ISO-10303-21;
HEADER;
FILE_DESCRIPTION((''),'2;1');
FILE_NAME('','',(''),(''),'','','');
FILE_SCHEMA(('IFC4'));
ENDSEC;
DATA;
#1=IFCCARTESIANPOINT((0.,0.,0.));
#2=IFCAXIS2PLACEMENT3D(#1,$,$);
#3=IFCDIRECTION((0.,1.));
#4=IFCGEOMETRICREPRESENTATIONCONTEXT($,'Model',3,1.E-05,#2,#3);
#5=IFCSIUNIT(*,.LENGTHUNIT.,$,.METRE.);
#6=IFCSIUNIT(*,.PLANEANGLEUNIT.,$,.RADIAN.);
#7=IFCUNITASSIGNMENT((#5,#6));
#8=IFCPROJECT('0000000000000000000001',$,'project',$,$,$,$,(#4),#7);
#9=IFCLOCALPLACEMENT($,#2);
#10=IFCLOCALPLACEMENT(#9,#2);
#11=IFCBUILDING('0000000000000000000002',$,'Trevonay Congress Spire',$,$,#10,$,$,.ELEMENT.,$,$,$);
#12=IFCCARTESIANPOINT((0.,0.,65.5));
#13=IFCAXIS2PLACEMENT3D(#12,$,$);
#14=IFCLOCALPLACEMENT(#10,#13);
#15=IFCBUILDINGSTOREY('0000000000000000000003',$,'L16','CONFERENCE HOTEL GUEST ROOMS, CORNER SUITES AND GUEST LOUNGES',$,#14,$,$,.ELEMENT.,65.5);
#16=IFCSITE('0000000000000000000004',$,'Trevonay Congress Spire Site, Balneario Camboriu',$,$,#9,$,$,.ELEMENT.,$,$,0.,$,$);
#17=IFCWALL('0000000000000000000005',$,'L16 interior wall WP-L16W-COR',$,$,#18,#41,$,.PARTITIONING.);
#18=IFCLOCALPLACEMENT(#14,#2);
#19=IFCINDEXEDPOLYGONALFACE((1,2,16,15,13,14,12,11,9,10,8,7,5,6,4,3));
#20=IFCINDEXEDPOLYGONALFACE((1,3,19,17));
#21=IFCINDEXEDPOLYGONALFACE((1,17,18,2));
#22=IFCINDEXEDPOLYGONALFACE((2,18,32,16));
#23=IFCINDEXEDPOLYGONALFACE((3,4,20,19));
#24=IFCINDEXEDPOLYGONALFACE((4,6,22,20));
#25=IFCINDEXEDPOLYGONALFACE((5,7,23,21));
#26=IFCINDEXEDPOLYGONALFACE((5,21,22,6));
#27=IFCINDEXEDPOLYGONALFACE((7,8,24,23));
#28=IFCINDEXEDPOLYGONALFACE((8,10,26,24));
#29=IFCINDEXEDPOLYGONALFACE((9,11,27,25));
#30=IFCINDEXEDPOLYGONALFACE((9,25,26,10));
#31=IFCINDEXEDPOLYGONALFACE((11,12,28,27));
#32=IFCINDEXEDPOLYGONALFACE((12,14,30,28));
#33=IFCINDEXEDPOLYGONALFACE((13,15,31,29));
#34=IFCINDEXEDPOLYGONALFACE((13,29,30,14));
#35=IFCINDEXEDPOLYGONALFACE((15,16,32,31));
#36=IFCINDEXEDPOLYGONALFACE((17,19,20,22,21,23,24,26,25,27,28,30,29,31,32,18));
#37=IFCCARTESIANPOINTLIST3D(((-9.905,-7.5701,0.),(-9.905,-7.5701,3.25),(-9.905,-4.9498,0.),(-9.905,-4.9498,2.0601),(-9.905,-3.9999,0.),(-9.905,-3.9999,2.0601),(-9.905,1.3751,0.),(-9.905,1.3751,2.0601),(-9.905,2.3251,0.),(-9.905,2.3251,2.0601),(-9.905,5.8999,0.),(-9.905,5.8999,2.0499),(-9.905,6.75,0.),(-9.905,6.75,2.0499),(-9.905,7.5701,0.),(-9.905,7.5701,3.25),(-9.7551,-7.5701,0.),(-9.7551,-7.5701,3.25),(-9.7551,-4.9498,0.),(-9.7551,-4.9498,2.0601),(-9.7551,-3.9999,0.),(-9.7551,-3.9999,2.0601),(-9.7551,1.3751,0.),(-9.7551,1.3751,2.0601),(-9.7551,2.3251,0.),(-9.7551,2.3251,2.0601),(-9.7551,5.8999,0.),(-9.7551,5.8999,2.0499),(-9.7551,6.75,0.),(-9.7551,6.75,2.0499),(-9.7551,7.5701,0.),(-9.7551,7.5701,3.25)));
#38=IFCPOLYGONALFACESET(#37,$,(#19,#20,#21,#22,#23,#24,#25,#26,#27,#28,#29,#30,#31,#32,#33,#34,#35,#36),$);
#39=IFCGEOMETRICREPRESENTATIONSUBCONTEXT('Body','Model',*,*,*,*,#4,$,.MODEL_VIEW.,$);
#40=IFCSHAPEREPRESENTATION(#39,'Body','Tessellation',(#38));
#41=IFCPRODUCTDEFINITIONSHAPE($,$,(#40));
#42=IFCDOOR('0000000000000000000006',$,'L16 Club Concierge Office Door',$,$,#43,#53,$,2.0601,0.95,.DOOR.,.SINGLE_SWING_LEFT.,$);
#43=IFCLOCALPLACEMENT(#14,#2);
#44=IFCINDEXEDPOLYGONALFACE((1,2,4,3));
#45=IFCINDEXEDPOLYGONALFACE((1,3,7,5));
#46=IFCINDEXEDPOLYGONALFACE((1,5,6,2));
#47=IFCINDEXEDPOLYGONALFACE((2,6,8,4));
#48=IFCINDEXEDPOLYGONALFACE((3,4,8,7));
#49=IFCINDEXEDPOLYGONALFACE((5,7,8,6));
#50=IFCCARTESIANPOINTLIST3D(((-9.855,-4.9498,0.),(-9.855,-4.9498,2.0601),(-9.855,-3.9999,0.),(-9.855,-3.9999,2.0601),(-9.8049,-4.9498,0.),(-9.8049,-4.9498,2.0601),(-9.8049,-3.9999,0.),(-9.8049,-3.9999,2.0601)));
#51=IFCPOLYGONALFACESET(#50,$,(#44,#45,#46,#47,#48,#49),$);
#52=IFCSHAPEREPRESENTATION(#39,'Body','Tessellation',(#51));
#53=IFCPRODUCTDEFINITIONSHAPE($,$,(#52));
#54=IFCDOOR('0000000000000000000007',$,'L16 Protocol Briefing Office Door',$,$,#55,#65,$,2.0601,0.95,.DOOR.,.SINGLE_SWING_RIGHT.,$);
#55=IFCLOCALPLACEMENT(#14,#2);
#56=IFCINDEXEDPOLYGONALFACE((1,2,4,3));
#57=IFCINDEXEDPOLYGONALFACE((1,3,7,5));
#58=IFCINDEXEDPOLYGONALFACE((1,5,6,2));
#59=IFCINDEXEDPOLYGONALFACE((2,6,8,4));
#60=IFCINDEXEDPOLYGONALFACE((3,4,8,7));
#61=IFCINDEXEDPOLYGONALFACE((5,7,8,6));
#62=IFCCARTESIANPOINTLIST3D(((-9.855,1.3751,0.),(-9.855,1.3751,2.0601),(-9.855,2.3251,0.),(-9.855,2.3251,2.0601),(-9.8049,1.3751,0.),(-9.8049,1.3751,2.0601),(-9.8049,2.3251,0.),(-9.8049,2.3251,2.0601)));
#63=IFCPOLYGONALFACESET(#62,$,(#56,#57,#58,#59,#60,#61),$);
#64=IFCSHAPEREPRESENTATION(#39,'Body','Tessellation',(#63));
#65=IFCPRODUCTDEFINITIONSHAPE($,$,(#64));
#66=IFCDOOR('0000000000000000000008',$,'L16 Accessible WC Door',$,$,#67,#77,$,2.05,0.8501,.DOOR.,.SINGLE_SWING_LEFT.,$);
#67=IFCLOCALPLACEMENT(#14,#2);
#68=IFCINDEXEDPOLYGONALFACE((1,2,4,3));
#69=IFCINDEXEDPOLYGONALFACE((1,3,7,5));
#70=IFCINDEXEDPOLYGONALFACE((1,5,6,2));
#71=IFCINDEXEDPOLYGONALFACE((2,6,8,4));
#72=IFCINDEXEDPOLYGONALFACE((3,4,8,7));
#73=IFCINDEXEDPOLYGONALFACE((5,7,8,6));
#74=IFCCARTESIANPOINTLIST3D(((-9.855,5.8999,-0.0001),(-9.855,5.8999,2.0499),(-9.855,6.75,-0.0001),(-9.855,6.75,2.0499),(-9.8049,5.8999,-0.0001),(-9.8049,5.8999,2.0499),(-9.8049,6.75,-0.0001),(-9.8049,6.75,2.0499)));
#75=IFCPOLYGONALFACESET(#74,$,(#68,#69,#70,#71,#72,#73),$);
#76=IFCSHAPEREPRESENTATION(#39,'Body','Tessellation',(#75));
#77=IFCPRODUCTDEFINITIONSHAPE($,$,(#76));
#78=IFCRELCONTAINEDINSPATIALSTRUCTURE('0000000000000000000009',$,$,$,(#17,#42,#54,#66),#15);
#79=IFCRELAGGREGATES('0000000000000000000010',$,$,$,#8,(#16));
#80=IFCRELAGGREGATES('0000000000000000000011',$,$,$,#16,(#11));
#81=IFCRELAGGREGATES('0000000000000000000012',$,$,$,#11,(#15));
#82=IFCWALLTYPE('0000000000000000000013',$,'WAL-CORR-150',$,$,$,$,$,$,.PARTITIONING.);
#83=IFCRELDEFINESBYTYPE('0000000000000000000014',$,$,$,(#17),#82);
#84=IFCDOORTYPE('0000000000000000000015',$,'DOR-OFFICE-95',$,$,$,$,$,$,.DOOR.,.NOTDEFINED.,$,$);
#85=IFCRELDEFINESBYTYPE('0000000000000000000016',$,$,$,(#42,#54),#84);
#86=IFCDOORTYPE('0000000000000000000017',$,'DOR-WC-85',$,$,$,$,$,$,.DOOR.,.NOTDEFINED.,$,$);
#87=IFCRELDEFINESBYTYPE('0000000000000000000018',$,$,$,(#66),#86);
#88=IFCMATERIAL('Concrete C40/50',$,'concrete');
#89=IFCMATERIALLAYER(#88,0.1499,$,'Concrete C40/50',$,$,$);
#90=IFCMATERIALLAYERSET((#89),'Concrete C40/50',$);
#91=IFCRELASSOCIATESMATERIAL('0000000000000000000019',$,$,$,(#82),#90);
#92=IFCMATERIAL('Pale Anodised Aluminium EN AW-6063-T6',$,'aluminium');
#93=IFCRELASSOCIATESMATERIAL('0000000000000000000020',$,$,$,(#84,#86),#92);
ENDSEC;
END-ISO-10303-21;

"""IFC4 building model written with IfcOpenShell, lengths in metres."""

from ifc_helpers import new_model, si_unit, direction, frame, frame_2d, origin, place, context, subcontext, project, spatial, rectangle, extrude, material, layer, layer_set, type_object, element, fill, save


model = new_model("IFC4")

# Units and contexts
model_context = context("Model", 3, precision=1e-05, world=origin(), true_north=direction((0.0, 1.0)))
body_context = subcontext(model_context, "Body", "Model", "MODEL_VIEW")
ifc_project = project(units=[si_unit("LENGTHUNIT", "METRE"), si_unit("PLANEANGLEUNIT", "RADIAN")], contexts=[model_context])

# Site, building, storey
site_placement = place(None, origin())
site = spatial("IfcSite", under=ifc_project, at=site_placement, Name="Trevonay Congress Spire Site, Balneario Camboriu", CompositionType="ELEMENT", RefElevation=0.0)
building_placement = place(site_placement, origin())
building = spatial("IfcBuilding", under=site, at=building_placement, Name="Trevonay Congress Spire", CompositionType="ELEMENT")
storey_placement = place(building_placement, frame((0.0, 0.0, 65.5)))
storey = spatial("IfcBuildingStorey", under=building, at=storey_placement, Name="L16", Description="CONFERENCE HOTEL GUEST ROOMS, CORNER SUITES AND GUEST LOUNGES", CompositionType="ELEMENT", Elevation=65.5)

# Wall, openings, doors
ifc_material_1 = material(Name="Concrete C40/50", Category="concrete")
ifc_layer = layer(ifc_material_1, 0.1499, Name="Concrete C40/50")
ifc_layer_set = layer_set([ifc_layer], Name="Concrete C40/50")
wall_type = type_object("IfcWallType", Name="WAL-CORR-150", PredefinedType="PARTITIONING", material=ifc_layer_set)
ifc_material_2 = material(Name="Pale Anodised Aluminium EN AW-6063-T6", Category="aluminium")
wall_1_placement = place(storey_placement, frame((-9.8301, -7.5701, 0.0), z_axis=(0.0, 0.0, 1.0), x_axis=(0.0, 1.0, 0.0)))
wall_1 = element("IfcWall", 1, at=wall_1_placement, inside=storey, type_object=wall_type, Name="L16 interior wall WP-L16W-COR", PredefinedType="PARTITIONING", context=body_context, shape_type="SweptSolid", body=[
    extrude(rectangle(XDim=15.1401, YDim=0.1499, at=frame_2d((7.5701, 0.0))), origin(), (0.0, 0.0, 1.0), 3.25),
])
opening_1_placement = place(wall_1_placement, frame((2.6201, 0.0, 0.0)))
opening_1 = element("IfcOpeningElement", 2, at=opening_1_placement, cuts=wall_1, PredefinedType="OPENING", context=body_context, shape_type="SweptSolid", body=[
    extrude(rectangle(XDim=0.95, YDim=2.0601, at=frame_2d((0.4751, 1.03))), frame((0.0, 0.085, 0.0), z_axis=(0.0, -1.0, 0.0), x_axis=(1.0, 0.0, 0.0)), (0.0, 0.0, 1.0), 0.1699),
])
opening_2_placement = place(wall_1_placement, frame((8.9451, 0.0, 0.0)))
opening_2 = element("IfcOpeningElement", 3, at=opening_2_placement, cuts=wall_1, PredefinedType="OPENING", context=body_context, shape_type="SweptSolid", body=[
    extrude(rectangle(XDim=0.95, YDim=2.0601, at=frame_2d((0.4751, 1.03))), frame((0.0, 0.085, 0.0), z_axis=(0.0, -1.0, 0.0), x_axis=(1.0, 0.0, 0.0)), (0.0, 0.0, 1.0), 0.1699),
])
opening_3_placement = place(wall_1_placement, frame((13.47, 0.0, 0.0)))
opening_3 = element("IfcOpeningElement", 4, at=opening_3_placement, cuts=wall_1, PredefinedType="OPENING", context=body_context, shape_type="SweptSolid", body=[
    extrude(rectangle(XDim=0.8501, YDim=2.05, at=frame_2d((0.425, 1.0249))), frame((0.0, 0.085, 0.0), z_axis=(0.0, -1.0, 0.0), x_axis=(1.0, 0.0, 0.0)), (0.0, 0.0, 1.0), 0.1699),
])
door_type_1 = type_object("IfcDoorType", Name="DOR-OFFICE-95", OperationType="NOTDEFINED", PredefinedType="DOOR", material=ifc_material_2)
door_1_placement = place(opening_1_placement, origin())
door_1 = element("IfcDoor", 5, at=door_1_placement, inside=storey, type_object=door_type_1, Name="L16 Club Concierge Office Door", OperationType="SINGLE_SWING_LEFT", OverallHeight=2.0601, OverallWidth=0.95, PredefinedType="DOOR", context=body_context, shape_type="SweptSolid", body=[
    extrude(rectangle(XDim=0.95, YDim=2.0601, at=frame_2d((0.4751, 1.03))), frame((0.0, 0.0249, 0.0), z_axis=(0.0, -1.0, 0.0), x_axis=(1.0, 0.0, 0.0)), (0.0, 0.0, 1.0), 0.05),
])
fill(opening_1, door_1)
door_2_placement = place(opening_2_placement, origin())
door_2 = element("IfcDoor", 6, at=door_2_placement, inside=storey, type_object=door_type_1, Name="L16 Protocol Briefing Office Door", OperationType="SINGLE_SWING_RIGHT", OverallHeight=2.0601, OverallWidth=0.95, PredefinedType="DOOR", context=body_context, shape_type="SweptSolid", body=[
    extrude(rectangle(XDim=0.95, YDim=2.0601, at=frame_2d((0.4751, 1.03))), frame((0.0, 0.0249, 0.0), z_axis=(0.0, -1.0, 0.0), x_axis=(1.0, 0.0, 0.0)), (0.0, 0.0, 1.0), 0.05),
])
fill(opening_2, door_2)
door_type_2 = type_object("IfcDoorType", Name="DOR-WC-85", OperationType="NOTDEFINED", PredefinedType="DOOR", material=ifc_material_2)
door_3_placement = place(opening_3_placement, origin())
door_3 = element("IfcDoor", 7, at=door_3_placement, inside=storey, type_object=door_type_2, Name="L16 Accessible WC Door", OperationType="SINGLE_SWING_LEFT", OverallHeight=2.05, OverallWidth=0.8501, PredefinedType="DOOR", context=body_context, shape_type="SweptSolid", body=[
    extrude(rectangle(XDim=0.8501, YDim=2.05, at=frame_2d((0.425, 1.0249))), frame((0.0, 0.0249, 0.0), z_axis=(0.0, -1.0, 0.0), x_axis=(1.0, 0.0, 0.0)), (0.0, 0.0, 1.0), 0.05),
])
fill(opening_3, door_3)

save(model, "model.ifc")
